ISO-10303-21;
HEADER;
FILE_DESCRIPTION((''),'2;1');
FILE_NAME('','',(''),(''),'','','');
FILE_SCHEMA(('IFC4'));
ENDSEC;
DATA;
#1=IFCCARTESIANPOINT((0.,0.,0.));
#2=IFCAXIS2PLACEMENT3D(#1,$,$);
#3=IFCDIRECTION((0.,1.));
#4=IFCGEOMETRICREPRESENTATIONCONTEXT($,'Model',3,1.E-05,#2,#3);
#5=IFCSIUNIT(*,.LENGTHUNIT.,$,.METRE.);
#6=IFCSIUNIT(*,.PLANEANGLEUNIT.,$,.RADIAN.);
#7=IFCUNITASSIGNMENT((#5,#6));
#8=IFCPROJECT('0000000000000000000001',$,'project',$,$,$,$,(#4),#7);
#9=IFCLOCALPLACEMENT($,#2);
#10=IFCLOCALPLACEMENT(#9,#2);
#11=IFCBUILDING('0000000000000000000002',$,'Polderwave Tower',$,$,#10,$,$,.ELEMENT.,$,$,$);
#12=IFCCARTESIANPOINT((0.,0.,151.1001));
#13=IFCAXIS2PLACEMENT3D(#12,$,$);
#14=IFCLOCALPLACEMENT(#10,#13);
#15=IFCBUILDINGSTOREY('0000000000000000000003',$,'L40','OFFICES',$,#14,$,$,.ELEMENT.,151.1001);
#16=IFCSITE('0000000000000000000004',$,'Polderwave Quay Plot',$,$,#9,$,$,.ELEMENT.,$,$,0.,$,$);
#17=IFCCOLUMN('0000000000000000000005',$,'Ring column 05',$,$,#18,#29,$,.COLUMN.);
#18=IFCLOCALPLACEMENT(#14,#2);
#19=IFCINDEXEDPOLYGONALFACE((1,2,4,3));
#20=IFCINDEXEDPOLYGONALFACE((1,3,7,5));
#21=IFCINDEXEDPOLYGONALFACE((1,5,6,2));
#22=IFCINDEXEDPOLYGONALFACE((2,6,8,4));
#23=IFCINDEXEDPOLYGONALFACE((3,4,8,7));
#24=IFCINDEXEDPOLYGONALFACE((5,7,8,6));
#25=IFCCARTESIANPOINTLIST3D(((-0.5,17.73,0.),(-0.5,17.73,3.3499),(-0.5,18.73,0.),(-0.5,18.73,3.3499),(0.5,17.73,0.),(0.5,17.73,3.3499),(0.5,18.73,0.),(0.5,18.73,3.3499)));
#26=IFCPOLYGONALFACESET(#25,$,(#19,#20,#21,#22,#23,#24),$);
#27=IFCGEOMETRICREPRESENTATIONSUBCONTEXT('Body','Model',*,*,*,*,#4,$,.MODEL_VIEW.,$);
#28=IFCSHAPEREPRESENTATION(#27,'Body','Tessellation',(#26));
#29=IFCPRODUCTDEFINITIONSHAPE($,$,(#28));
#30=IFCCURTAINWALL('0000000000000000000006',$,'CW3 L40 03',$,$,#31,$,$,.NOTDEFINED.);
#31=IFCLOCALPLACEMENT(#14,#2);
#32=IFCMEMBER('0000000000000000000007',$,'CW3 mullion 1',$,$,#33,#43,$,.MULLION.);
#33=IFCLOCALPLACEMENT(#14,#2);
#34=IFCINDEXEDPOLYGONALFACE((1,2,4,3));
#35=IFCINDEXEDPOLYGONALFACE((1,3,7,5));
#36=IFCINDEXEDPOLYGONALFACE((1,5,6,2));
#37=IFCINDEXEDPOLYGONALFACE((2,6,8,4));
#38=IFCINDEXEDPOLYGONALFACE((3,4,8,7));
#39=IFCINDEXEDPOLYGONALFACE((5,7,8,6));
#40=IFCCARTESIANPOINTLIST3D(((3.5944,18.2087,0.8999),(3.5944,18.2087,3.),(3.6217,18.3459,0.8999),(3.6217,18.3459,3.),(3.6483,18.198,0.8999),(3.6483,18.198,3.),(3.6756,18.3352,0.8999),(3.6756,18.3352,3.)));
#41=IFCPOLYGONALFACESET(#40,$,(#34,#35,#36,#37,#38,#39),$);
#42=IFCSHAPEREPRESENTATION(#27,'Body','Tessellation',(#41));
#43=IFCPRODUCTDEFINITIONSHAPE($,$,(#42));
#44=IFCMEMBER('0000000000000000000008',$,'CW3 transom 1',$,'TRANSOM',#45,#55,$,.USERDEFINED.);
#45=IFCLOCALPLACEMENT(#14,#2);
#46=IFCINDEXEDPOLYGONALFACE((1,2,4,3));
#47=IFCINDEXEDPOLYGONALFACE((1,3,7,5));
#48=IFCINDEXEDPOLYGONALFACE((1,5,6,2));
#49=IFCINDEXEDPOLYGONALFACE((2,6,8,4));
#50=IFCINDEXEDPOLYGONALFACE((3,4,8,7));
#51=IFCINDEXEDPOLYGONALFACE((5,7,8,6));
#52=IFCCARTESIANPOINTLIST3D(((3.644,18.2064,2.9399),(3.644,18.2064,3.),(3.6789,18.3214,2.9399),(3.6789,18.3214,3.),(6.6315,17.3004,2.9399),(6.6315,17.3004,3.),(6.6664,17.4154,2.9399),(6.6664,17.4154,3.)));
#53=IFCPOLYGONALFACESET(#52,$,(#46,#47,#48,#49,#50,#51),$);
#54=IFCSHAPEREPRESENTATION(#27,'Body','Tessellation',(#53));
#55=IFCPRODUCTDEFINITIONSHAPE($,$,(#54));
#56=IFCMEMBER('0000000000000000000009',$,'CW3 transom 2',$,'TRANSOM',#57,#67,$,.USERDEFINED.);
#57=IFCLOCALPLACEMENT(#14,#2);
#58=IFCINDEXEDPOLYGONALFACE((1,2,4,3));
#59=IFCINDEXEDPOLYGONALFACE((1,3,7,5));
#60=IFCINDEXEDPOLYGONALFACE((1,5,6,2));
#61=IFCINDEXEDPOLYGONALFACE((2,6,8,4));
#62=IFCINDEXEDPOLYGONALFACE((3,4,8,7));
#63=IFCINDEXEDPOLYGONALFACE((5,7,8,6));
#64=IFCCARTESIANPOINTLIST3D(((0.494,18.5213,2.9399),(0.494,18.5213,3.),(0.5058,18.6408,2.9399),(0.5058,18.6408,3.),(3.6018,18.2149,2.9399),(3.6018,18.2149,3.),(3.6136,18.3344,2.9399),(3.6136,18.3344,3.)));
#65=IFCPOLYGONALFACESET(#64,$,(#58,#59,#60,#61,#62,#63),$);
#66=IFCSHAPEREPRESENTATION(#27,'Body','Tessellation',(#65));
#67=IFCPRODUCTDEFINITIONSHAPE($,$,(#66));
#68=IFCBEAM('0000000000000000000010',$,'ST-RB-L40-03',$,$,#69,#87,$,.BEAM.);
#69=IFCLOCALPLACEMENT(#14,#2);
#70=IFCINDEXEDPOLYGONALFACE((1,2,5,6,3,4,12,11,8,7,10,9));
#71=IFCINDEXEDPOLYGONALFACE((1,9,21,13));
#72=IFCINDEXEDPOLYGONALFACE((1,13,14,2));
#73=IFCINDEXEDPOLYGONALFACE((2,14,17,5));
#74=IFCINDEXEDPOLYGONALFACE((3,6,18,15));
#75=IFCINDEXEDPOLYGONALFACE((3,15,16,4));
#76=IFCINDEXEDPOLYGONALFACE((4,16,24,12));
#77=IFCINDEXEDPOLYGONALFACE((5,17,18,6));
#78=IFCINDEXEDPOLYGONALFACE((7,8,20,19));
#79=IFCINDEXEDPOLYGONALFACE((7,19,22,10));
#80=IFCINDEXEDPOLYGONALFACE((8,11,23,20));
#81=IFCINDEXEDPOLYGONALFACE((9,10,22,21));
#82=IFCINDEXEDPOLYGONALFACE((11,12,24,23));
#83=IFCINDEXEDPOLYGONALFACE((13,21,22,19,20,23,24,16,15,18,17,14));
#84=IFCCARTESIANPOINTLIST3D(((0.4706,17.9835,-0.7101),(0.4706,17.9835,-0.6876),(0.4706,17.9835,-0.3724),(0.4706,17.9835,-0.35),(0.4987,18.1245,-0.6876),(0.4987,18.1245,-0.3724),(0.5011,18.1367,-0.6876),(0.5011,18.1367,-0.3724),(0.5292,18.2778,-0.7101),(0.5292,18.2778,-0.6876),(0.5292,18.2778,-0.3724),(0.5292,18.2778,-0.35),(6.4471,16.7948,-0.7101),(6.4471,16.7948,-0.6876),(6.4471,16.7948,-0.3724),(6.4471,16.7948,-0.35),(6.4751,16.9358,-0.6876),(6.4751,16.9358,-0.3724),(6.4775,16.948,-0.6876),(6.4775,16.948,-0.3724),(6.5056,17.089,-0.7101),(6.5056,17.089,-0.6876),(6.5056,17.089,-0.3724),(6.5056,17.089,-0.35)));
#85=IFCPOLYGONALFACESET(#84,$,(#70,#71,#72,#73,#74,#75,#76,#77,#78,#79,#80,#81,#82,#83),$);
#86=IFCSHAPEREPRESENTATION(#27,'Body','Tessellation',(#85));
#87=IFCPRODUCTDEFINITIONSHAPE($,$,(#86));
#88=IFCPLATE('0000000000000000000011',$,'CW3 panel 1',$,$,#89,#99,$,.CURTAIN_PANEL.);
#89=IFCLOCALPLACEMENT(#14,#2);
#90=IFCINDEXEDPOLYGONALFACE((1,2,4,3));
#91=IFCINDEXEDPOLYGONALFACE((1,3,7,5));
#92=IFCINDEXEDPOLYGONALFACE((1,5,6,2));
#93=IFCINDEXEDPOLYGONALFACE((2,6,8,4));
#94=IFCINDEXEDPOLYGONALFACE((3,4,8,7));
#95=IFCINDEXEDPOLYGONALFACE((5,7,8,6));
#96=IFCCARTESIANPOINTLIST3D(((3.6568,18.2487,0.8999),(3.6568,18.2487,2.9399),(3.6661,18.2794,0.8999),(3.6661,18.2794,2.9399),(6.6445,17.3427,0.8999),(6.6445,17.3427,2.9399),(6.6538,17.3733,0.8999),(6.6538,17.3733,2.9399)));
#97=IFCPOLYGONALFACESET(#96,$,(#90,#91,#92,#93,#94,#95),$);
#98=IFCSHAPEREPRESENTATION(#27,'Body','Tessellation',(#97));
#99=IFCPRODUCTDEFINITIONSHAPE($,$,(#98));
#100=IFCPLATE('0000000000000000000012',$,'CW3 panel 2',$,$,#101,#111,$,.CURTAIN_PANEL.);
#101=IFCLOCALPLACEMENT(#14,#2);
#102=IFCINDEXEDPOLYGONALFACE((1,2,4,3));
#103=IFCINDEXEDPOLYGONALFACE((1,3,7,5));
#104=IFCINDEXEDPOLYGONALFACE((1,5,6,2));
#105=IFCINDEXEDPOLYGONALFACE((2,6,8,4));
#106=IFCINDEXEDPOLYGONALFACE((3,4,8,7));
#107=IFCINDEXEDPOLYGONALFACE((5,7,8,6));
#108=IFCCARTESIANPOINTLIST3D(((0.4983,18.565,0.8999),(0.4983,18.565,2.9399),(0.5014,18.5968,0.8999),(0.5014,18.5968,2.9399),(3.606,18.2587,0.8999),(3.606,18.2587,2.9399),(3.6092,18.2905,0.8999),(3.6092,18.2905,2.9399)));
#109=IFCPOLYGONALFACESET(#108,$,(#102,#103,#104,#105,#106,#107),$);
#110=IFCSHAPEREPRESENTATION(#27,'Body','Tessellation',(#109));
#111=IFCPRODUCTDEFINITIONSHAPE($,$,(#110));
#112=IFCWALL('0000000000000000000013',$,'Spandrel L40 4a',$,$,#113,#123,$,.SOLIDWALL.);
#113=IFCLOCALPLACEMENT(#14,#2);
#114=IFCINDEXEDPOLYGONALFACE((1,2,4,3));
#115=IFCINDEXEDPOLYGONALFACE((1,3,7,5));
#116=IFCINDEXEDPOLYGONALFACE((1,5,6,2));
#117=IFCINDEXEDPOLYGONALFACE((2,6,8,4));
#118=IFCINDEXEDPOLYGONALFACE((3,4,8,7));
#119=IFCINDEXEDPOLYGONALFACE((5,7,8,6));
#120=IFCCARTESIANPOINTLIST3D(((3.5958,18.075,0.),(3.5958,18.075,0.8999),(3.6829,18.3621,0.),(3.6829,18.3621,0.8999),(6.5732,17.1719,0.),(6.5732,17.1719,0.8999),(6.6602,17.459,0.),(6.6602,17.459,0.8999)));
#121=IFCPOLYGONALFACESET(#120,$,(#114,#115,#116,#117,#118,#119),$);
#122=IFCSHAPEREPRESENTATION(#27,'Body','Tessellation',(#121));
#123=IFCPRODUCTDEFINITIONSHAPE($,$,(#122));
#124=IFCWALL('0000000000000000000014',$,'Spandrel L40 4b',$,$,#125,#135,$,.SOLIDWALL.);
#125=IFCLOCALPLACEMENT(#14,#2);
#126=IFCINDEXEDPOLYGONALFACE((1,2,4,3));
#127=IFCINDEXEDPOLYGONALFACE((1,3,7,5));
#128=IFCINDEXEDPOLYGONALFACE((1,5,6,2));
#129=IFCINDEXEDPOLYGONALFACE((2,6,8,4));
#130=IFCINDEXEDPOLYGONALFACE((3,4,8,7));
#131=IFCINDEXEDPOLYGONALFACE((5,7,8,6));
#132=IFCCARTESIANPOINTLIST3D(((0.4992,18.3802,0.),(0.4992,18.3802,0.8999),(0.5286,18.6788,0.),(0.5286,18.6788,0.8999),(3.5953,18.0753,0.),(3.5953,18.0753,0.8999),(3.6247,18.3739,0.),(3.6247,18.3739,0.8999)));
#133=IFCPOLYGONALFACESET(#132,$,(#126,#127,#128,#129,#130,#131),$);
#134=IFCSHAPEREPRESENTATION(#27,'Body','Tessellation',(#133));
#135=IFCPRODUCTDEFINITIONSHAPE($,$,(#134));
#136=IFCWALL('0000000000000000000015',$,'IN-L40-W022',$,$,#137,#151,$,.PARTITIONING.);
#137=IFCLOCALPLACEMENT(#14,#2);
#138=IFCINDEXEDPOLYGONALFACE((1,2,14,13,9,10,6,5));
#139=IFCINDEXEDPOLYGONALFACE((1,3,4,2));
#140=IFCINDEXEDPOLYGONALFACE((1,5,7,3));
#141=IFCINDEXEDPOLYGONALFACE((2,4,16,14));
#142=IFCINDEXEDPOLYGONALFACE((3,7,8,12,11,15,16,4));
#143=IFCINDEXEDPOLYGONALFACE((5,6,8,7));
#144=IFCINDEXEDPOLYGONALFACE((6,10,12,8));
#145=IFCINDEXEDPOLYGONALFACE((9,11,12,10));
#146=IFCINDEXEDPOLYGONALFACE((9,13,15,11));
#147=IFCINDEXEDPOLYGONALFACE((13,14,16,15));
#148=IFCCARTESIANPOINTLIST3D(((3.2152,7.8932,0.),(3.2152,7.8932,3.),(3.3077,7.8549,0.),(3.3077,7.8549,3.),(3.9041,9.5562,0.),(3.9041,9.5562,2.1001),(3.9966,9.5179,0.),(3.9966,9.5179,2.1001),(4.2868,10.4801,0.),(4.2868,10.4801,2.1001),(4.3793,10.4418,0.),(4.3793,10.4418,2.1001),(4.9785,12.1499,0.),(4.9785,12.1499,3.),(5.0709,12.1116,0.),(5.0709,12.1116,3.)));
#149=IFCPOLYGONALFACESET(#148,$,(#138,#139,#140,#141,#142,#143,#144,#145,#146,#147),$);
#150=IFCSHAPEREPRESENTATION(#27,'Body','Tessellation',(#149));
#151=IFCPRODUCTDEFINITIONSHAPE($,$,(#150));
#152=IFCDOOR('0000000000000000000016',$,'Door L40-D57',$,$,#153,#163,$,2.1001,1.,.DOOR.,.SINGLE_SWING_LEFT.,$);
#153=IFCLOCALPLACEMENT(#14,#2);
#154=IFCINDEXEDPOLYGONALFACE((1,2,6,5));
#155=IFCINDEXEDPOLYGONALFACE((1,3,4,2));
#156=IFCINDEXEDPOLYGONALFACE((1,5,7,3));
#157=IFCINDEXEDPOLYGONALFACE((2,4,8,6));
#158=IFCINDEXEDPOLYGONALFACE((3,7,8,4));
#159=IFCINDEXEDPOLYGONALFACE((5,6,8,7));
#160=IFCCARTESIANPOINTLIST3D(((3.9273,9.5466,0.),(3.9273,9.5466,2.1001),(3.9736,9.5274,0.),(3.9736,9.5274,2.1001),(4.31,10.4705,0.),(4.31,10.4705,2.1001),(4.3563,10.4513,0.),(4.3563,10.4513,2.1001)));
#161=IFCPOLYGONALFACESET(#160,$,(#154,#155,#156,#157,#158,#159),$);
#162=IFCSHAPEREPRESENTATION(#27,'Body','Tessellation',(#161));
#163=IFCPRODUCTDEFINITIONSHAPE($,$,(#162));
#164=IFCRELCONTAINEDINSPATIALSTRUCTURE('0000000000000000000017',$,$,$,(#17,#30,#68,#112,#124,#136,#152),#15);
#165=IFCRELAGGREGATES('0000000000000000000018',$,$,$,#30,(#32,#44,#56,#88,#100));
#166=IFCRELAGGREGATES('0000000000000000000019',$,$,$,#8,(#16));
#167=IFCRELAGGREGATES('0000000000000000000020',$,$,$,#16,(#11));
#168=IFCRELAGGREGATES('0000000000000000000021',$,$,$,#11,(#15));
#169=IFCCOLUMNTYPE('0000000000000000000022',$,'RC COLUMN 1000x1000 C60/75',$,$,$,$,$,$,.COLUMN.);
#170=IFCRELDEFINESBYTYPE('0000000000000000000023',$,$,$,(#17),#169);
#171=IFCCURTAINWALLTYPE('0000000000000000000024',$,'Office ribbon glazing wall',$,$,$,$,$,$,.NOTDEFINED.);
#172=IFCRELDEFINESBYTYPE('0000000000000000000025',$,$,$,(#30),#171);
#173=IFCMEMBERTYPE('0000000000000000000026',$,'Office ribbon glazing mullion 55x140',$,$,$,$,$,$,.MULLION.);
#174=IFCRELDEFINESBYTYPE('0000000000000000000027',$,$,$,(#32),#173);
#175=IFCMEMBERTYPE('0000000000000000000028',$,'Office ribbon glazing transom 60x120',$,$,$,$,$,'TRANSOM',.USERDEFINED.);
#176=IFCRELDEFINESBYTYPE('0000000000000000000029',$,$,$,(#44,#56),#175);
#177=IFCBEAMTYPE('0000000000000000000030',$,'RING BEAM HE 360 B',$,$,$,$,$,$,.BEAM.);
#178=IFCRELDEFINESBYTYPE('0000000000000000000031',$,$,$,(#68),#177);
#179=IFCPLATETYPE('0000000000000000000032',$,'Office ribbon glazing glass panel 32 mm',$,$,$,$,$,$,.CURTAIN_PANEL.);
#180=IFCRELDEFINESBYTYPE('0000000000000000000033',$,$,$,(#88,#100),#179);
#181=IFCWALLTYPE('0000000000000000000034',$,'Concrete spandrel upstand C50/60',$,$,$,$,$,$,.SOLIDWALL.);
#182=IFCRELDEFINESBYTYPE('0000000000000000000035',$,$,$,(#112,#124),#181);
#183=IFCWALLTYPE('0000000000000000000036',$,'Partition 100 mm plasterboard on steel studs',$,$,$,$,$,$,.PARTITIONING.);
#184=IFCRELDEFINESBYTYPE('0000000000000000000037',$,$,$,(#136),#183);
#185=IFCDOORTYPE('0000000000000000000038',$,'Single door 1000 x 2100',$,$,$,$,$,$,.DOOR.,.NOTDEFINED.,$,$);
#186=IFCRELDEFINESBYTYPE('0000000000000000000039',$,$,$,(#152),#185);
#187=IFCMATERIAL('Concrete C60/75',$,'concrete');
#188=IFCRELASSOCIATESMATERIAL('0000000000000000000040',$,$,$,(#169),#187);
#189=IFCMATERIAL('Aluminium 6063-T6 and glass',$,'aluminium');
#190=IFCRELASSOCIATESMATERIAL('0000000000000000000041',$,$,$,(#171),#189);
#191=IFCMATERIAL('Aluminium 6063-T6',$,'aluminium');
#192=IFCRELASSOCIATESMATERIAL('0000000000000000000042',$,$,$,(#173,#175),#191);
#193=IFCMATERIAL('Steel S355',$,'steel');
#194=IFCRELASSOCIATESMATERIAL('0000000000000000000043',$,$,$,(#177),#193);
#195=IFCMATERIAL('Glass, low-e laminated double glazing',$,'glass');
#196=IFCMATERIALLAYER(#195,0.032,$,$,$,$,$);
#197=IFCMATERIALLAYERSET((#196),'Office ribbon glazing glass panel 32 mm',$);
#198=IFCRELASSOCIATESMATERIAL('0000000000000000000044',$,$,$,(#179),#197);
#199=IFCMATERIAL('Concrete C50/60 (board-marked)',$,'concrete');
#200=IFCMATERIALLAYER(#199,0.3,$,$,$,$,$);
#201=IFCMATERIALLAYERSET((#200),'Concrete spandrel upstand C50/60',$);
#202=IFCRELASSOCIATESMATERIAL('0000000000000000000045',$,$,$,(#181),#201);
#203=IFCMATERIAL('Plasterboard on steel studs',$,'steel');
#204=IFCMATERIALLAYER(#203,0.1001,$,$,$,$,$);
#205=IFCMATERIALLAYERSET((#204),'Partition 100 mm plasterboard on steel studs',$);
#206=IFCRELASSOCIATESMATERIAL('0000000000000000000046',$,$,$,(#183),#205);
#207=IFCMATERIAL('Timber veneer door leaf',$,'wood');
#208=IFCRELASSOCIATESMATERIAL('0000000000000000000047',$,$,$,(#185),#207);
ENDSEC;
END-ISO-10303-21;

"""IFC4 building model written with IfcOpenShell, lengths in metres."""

from ifc_helpers import new_model, si_unit, direction, frame, frame_2d, origin, origin_2d, place, context, subcontext, project, spatial, rectangle, i_section, extrude, material, layer, layer_set, material_profile, profile_set, type_object, element, fill, aggregate, save


model = new_model("IFC4")

# Units and contexts
model_context = context("Model", 3, precision=1e-05, world=origin(), true_north=direction((0.0, 1.0)))
body_context = subcontext(model_context, "Body", "Model", "MODEL_VIEW")
ifc_project = project(units=[si_unit("LENGTHUNIT", "METRE"), si_unit("PLANEANGLEUNIT", "RADIAN")], contexts=[model_context])

# Site, building, storey
site_placement = place(None, origin())
site = spatial("IfcSite", under=ifc_project, at=site_placement, Name="Polderwave Quay Plot", CompositionType="ELEMENT", RefElevation=0.0)
building_placement = place(site_placement, origin())
building = spatial("IfcBuilding", under=site, at=building_placement, Name="Polderwave Tower", CompositionType="ELEMENT")
storey_placement = place(building_placement, frame((0.0, 0.0, 151.1001)))
storey = spatial("IfcBuildingStorey", under=building, at=storey_placement, Name="L40", Description="OFFICES", CompositionType="ELEMENT", Elevation=151.1001)

# Column
ifc_material_1 = material(Name="Concrete C60/75", Category="concrete")
ifc_material_profile_1 = material_profile(ifc_material_1, rectangle(XDim=1.0, YDim=1.0, at=origin_2d()), Name="RC 1000x1000")
ifc_profile_set_1 = profile_set([ifc_material_profile_1], Name="Concrete C60/75")
column_type = type_object("IfcColumnType", Name="RC COLUMN 1000x1000 C60/75", PredefinedType="COLUMN", material=ifc_profile_set_1)
column_placement = place(storey_placement, frame((0.0, 18.23, 0.0), z_axis=(0.0, 0.0, 1.0), x_axis=(0.0, 1.0, 0.0)))
element("IfcColumn", 1, at=column_placement, inside=storey, type_object=column_type, Name="Ring column 05", PredefinedType="COLUMN", context=body_context, shape_type="SweptSolid", body=[
    extrude(rectangle(XDim=1.0, YDim=1.0, at=origin_2d()), origin(), (0.0, 0.0, 1.0), 3.3499),
])

# Curtain wall, members
ifc_material_2 = material(Name="Aluminium 6063-T6 and glass", Category="aluminium")
curtain_wall_type = type_object("IfcCurtainWallType", Name="Office ribbon glazing wall", PredefinedType="NOTDEFINED", material=ifc_material_2)
curtain_wall_placement = place(storey_placement, origin())
curtain_wall = element("IfcCurtainWall", 2, at=curtain_wall_placement, inside=storey, type_object=curtain_wall_type, Name="CW3 L40 03", PredefinedType="NOTDEFINED")
ifc_material_3 = material(Name="Aluminium 6063-T6", Category="aluminium")
ifc_material_profile_2 = material_profile(ifc_material_3, rectangle(XDim=0.1399, YDim=0.0549, at=origin_2d()), Name="AL 55x140")
ifc_profile_set_2 = profile_set([ifc_material_profile_2], Name="Aluminium 6063-T6")
member_type_1 = type_object("IfcMemberType", Name="Office ribbon glazing mullion 55x140", PredefinedType="MULLION", material=ifc_profile_set_2)
member_1_placement = place(storey_placement, frame((3.635, 18.272, 0.8999), z_axis=(0.0, 0.0, 1.0), x_axis=(-0.195083, -0.980787, 0.0)))
member_1 = element("IfcMember", 3, at=member_1_placement, type_object=member_type_1, Name="CW3 mullion 1", PredefinedType="MULLION", context=body_context, shape_type="SweptSolid", body=[
    extrude(rectangle(XDim=0.1399, YDim=0.0549, at=origin_2d()), origin(), (0.0, 0.0, 1.0), 2.1001),
])
ifc_material_profile_3 = material_profile(ifc_material_3, rectangle(XDim=0.1201, YDim=0.0601, at=origin_2d()), Name="AL 60x120")
ifc_profile_set_3 = profile_set([ifc_material_profile_3], Name="Aluminium 6063-T6")
member_type_2 = type_object("IfcMemberType", Name="Office ribbon glazing transom 60x120", ElementType="TRANSOM", PredefinedType="USERDEFINED", material=ifc_profile_set_3)
member_2_placement = place(storey_placement, frame((6.6489, 17.3579, 2.97), z_axis=(-0.956963, 0.290209, 0.0), x_axis=(-0.290209, -0.956963, 0.0)))
member_2 = element("IfcMember", 4, at=member_2_placement, type_object=member_type_2, Name="CW3 transom 1", ObjectType="TRANSOM", PredefinedType="USERDEFINED", context=body_context, shape_type="SweptSolid", body=[
    extrude(rectangle(XDim=0.1201, YDim=0.0601, at=origin_2d()), origin(), (0.0, 0.0, 1.0), 3.1218),
])
member_3_placement = place(storey_placement, frame((3.6077, 18.2747, 2.97), z_axis=(-0.995175, 0.098118, 0.0), x_axis=(-0.098118, -0.995175, 0.0)))
member_3 = element("IfcMember", 5, at=member_3_placement, type_object=member_type_2, Name="CW3 transom 2", ObjectType="TRANSOM", PredefinedType="USERDEFINED", context=body_context, shape_type="SweptSolid", body=[
    extrude(rectangle(XDim=0.1201, YDim=0.0601, at=origin_2d()), origin(), (0.0, 0.0, 1.0), 3.1228),
])

# Beam
ifc_material_4 = material(Name="Steel S355", Category="steel")
ifc_material_profile_4 = material_profile(ifc_material_4, i_section(OverallWidth=0.3, OverallDepth=0.3601, WebThickness=0.0125, FlangeThickness=0.0225, at=origin_2d()), Name="HE 360 B")
ifc_profile_set_4 = profile_set([ifc_material_profile_4], Name="Steel S355")
beam_type = type_object("IfcBeamType", Name="RING BEAM HE 360 B", PredefinedType="BEAM", material=ifc_profile_set_4)
beam_placement = place(storey_placement, frame((6.4763, 16.9419, -0.53), z_axis=(-0.980787, 0.195084, 0.0), x_axis=(-0.195084, -0.980787, 0.0)))
element("IfcBeam", 6, at=beam_placement, inside=storey, type_object=beam_type, Name="ST-RB-L40-03", PredefinedType="BEAM", context=body_context, shape_type="SweptSolid", body=[
    extrude(i_section(OverallWidth=0.3, OverallDepth=0.3601, WebThickness=0.0125, FlangeThickness=0.0225, at=origin_2d()), origin(), (0.0, 0.0, 1.0), 6.0935),
])

# Plates
ifc_material_5 = material(Name="Glass, low-e laminated double glazing", Category="glass")
ifc_layer_1 = layer(ifc_material_5, 0.032)
ifc_layer_set_1 = layer_set([ifc_layer_1], Name="Office ribbon glazing glass panel 32 mm")
plate_type = type_object("IfcPlateType", Name="Office ribbon glazing glass panel 32 mm", PredefinedType="CURTAIN_PANEL", material=ifc_layer_set_1)
plate_1_placement = place(storey_placement, frame((5.1553, 17.811, 0.8999), z_axis=(0.0, 0.0, 1.0), x_axis=(-0.956966, 0.290201, 0.0)))
plate_1 = element("IfcPlate", 7, at=plate_1_placement, type_object=plate_type, Name="CW3 panel 1", PredefinedType="CURTAIN_PANEL", context=body_context, shape_type="SweptSolid", body=[
    extrude(rectangle(XDim=3.1221, YDim=0.032, at=origin_2d()), origin(), (0.0, 0.0, 1.0), 2.04),
])
plate_2_placement = place(storey_placement, frame((2.0537, 18.4277, 0.8999), z_axis=(0.0, 0.0, 1.0), x_axis=(-0.995178, 0.09809, 0.0)))
plate_2 = element("IfcPlate", 8, at=plate_2_placement, type_object=plate_type, Name="CW3 panel 2", PredefinedType="CURTAIN_PANEL", context=body_context, shape_type="SweptSolid", body=[
    extrude(rectangle(XDim=3.1228, YDim=0.032, at=origin_2d()), origin(), (0.0, 0.0, 1.0), 2.04),
])
aggregate(curtain_wall, [member_1, member_2, member_3, plate_1, plate_2])

# Walls
ifc_material_6 = material(Name="Concrete C50/60 (board-marked)", Category="concrete")
ifc_layer_2 = layer(ifc_material_6, 0.3)
ifc_layer_set_2 = layer_set([ifc_layer_2], Name="Concrete spandrel upstand C50/60")
wall_type_1 = type_object("IfcWallType", Name="Concrete spandrel upstand C50/60", PredefinedType="SOLIDWALL", material=ifc_layer_set_2)
wall_1_placement = place(storey_placement, frame((6.6167, 17.3154, 0.0), z_axis=(0.0, 0.0, 1.0), x_axis=(-0.956947, 0.290262, 0.0)))
element("IfcWall", 9, at=wall_1_placement, inside=storey, type_object=wall_type_1, Name="Spandrel L40 4a", PredefinedType="SOLIDWALL", context=body_context, shape_type="SweptSolid", body=[
    extrude(rectangle(XDim=3.1113, YDim=0.3, at=frame_2d((1.5557, 0.0))), origin(), (0.0, 0.0, 1.0), 0.8999),
])
wall_2_placement = place(storey_placement, frame((3.6101, 18.2246, 0.0), z_axis=(0.0, 0.0, 1.0), x_axis=(-0.995185, 0.098012, 0.0)))
element("IfcWall", 10, at=wall_2_placement, inside=storey, type_object=wall_type_1, Name="Spandrel L40 4b", PredefinedType="SOLIDWALL", context=body_context, shape_type="SweptSolid", body=[
    extrude(rectangle(XDim=3.1111, YDim=0.3, at=frame_2d((1.5557, 0.0))), origin(), (0.0, 0.0, 1.0), 0.8999),
])

# Wall, opening, door
ifc_material_7 = material(Name="Plasterboard on steel studs", Category="steel")
ifc_layer_3 = layer(ifc_material_7, 0.1001)
ifc_layer_set_3 = layer_set([ifc_layer_3], Name="Partition 100 mm plasterboard on steel studs")
wall_type_2 = type_object("IfcWallType", Name="Partition 100 mm plasterboard on steel studs", PredefinedType="PARTITIONING", material=ifc_layer_set_3)
wall_3_placement = place(storey_placement, frame((3.2615, 7.874, 0.0), z_axis=(0.0, 0.0, 1.0), x_axis=(0.382692, 0.923876, 0.0)))
wall_3 = element("IfcWall", 11, at=wall_3_placement, inside=storey, type_object=wall_type_2, Name="IN-L40-W022", PredefinedType="PARTITIONING", context=body_context, shape_type="SweptSolid", body=[
    extrude(rectangle(XDim=4.6074, YDim=0.1001, at=frame_2d((2.3037, 0.0))), origin(), (0.0, 0.0, 1.0), 3.0),
])
opening_1_placement = place(wall_3_placement, frame((1.8, 0.0, 0.0)))
opening_1 = element("IfcOpeningElement", 12, at=opening_1_placement, cuts=wall_3, PredefinedType="OPENING", context=body_context, shape_type="SweptSolid", body=[
    extrude(rectangle(XDim=1.0, YDim=2.1001, at=frame_2d((0.5, 1.05))), frame((0.0, 0.0601, 0.0), z_axis=(0.0, -1.0, 0.0), x_axis=(1.0, 0.0, 0.0)), (0.0, 0.0, 1.0), 0.1201),
])
ifc_material_8 = material(Name="Timber veneer door leaf", Category="wood")
door_type = type_object("IfcDoorType", Name="Single door 1000 x 2100", OperationType="NOTDEFINED", PredefinedType="DOOR", material=ifc_material_8)
door_1_placement = place(opening_1_placement, origin())
door_1 = element("IfcDoor", 13, at=door_1_placement, inside=storey, type_object=door_type, Name="Door L40-D57", OperationType="SINGLE_SWING_LEFT", OverallHeight=2.1001, OverallWidth=1.0, PredefinedType="DOOR", context=body_context, shape_type="SweptSolid", body=[
    extrude(rectangle(XDim=1.0, YDim=2.1001, at=frame_2d((0.5, 1.05))), frame((0.0, 0.0249, 0.0), z_axis=(0.0, -1.0, 0.0), x_axis=(1.0, 0.0, 0.0)), (0.0, 0.0, 1.0), 0.05),
])
fill(opening_1, door_1)

save(model, "model.ifc")
